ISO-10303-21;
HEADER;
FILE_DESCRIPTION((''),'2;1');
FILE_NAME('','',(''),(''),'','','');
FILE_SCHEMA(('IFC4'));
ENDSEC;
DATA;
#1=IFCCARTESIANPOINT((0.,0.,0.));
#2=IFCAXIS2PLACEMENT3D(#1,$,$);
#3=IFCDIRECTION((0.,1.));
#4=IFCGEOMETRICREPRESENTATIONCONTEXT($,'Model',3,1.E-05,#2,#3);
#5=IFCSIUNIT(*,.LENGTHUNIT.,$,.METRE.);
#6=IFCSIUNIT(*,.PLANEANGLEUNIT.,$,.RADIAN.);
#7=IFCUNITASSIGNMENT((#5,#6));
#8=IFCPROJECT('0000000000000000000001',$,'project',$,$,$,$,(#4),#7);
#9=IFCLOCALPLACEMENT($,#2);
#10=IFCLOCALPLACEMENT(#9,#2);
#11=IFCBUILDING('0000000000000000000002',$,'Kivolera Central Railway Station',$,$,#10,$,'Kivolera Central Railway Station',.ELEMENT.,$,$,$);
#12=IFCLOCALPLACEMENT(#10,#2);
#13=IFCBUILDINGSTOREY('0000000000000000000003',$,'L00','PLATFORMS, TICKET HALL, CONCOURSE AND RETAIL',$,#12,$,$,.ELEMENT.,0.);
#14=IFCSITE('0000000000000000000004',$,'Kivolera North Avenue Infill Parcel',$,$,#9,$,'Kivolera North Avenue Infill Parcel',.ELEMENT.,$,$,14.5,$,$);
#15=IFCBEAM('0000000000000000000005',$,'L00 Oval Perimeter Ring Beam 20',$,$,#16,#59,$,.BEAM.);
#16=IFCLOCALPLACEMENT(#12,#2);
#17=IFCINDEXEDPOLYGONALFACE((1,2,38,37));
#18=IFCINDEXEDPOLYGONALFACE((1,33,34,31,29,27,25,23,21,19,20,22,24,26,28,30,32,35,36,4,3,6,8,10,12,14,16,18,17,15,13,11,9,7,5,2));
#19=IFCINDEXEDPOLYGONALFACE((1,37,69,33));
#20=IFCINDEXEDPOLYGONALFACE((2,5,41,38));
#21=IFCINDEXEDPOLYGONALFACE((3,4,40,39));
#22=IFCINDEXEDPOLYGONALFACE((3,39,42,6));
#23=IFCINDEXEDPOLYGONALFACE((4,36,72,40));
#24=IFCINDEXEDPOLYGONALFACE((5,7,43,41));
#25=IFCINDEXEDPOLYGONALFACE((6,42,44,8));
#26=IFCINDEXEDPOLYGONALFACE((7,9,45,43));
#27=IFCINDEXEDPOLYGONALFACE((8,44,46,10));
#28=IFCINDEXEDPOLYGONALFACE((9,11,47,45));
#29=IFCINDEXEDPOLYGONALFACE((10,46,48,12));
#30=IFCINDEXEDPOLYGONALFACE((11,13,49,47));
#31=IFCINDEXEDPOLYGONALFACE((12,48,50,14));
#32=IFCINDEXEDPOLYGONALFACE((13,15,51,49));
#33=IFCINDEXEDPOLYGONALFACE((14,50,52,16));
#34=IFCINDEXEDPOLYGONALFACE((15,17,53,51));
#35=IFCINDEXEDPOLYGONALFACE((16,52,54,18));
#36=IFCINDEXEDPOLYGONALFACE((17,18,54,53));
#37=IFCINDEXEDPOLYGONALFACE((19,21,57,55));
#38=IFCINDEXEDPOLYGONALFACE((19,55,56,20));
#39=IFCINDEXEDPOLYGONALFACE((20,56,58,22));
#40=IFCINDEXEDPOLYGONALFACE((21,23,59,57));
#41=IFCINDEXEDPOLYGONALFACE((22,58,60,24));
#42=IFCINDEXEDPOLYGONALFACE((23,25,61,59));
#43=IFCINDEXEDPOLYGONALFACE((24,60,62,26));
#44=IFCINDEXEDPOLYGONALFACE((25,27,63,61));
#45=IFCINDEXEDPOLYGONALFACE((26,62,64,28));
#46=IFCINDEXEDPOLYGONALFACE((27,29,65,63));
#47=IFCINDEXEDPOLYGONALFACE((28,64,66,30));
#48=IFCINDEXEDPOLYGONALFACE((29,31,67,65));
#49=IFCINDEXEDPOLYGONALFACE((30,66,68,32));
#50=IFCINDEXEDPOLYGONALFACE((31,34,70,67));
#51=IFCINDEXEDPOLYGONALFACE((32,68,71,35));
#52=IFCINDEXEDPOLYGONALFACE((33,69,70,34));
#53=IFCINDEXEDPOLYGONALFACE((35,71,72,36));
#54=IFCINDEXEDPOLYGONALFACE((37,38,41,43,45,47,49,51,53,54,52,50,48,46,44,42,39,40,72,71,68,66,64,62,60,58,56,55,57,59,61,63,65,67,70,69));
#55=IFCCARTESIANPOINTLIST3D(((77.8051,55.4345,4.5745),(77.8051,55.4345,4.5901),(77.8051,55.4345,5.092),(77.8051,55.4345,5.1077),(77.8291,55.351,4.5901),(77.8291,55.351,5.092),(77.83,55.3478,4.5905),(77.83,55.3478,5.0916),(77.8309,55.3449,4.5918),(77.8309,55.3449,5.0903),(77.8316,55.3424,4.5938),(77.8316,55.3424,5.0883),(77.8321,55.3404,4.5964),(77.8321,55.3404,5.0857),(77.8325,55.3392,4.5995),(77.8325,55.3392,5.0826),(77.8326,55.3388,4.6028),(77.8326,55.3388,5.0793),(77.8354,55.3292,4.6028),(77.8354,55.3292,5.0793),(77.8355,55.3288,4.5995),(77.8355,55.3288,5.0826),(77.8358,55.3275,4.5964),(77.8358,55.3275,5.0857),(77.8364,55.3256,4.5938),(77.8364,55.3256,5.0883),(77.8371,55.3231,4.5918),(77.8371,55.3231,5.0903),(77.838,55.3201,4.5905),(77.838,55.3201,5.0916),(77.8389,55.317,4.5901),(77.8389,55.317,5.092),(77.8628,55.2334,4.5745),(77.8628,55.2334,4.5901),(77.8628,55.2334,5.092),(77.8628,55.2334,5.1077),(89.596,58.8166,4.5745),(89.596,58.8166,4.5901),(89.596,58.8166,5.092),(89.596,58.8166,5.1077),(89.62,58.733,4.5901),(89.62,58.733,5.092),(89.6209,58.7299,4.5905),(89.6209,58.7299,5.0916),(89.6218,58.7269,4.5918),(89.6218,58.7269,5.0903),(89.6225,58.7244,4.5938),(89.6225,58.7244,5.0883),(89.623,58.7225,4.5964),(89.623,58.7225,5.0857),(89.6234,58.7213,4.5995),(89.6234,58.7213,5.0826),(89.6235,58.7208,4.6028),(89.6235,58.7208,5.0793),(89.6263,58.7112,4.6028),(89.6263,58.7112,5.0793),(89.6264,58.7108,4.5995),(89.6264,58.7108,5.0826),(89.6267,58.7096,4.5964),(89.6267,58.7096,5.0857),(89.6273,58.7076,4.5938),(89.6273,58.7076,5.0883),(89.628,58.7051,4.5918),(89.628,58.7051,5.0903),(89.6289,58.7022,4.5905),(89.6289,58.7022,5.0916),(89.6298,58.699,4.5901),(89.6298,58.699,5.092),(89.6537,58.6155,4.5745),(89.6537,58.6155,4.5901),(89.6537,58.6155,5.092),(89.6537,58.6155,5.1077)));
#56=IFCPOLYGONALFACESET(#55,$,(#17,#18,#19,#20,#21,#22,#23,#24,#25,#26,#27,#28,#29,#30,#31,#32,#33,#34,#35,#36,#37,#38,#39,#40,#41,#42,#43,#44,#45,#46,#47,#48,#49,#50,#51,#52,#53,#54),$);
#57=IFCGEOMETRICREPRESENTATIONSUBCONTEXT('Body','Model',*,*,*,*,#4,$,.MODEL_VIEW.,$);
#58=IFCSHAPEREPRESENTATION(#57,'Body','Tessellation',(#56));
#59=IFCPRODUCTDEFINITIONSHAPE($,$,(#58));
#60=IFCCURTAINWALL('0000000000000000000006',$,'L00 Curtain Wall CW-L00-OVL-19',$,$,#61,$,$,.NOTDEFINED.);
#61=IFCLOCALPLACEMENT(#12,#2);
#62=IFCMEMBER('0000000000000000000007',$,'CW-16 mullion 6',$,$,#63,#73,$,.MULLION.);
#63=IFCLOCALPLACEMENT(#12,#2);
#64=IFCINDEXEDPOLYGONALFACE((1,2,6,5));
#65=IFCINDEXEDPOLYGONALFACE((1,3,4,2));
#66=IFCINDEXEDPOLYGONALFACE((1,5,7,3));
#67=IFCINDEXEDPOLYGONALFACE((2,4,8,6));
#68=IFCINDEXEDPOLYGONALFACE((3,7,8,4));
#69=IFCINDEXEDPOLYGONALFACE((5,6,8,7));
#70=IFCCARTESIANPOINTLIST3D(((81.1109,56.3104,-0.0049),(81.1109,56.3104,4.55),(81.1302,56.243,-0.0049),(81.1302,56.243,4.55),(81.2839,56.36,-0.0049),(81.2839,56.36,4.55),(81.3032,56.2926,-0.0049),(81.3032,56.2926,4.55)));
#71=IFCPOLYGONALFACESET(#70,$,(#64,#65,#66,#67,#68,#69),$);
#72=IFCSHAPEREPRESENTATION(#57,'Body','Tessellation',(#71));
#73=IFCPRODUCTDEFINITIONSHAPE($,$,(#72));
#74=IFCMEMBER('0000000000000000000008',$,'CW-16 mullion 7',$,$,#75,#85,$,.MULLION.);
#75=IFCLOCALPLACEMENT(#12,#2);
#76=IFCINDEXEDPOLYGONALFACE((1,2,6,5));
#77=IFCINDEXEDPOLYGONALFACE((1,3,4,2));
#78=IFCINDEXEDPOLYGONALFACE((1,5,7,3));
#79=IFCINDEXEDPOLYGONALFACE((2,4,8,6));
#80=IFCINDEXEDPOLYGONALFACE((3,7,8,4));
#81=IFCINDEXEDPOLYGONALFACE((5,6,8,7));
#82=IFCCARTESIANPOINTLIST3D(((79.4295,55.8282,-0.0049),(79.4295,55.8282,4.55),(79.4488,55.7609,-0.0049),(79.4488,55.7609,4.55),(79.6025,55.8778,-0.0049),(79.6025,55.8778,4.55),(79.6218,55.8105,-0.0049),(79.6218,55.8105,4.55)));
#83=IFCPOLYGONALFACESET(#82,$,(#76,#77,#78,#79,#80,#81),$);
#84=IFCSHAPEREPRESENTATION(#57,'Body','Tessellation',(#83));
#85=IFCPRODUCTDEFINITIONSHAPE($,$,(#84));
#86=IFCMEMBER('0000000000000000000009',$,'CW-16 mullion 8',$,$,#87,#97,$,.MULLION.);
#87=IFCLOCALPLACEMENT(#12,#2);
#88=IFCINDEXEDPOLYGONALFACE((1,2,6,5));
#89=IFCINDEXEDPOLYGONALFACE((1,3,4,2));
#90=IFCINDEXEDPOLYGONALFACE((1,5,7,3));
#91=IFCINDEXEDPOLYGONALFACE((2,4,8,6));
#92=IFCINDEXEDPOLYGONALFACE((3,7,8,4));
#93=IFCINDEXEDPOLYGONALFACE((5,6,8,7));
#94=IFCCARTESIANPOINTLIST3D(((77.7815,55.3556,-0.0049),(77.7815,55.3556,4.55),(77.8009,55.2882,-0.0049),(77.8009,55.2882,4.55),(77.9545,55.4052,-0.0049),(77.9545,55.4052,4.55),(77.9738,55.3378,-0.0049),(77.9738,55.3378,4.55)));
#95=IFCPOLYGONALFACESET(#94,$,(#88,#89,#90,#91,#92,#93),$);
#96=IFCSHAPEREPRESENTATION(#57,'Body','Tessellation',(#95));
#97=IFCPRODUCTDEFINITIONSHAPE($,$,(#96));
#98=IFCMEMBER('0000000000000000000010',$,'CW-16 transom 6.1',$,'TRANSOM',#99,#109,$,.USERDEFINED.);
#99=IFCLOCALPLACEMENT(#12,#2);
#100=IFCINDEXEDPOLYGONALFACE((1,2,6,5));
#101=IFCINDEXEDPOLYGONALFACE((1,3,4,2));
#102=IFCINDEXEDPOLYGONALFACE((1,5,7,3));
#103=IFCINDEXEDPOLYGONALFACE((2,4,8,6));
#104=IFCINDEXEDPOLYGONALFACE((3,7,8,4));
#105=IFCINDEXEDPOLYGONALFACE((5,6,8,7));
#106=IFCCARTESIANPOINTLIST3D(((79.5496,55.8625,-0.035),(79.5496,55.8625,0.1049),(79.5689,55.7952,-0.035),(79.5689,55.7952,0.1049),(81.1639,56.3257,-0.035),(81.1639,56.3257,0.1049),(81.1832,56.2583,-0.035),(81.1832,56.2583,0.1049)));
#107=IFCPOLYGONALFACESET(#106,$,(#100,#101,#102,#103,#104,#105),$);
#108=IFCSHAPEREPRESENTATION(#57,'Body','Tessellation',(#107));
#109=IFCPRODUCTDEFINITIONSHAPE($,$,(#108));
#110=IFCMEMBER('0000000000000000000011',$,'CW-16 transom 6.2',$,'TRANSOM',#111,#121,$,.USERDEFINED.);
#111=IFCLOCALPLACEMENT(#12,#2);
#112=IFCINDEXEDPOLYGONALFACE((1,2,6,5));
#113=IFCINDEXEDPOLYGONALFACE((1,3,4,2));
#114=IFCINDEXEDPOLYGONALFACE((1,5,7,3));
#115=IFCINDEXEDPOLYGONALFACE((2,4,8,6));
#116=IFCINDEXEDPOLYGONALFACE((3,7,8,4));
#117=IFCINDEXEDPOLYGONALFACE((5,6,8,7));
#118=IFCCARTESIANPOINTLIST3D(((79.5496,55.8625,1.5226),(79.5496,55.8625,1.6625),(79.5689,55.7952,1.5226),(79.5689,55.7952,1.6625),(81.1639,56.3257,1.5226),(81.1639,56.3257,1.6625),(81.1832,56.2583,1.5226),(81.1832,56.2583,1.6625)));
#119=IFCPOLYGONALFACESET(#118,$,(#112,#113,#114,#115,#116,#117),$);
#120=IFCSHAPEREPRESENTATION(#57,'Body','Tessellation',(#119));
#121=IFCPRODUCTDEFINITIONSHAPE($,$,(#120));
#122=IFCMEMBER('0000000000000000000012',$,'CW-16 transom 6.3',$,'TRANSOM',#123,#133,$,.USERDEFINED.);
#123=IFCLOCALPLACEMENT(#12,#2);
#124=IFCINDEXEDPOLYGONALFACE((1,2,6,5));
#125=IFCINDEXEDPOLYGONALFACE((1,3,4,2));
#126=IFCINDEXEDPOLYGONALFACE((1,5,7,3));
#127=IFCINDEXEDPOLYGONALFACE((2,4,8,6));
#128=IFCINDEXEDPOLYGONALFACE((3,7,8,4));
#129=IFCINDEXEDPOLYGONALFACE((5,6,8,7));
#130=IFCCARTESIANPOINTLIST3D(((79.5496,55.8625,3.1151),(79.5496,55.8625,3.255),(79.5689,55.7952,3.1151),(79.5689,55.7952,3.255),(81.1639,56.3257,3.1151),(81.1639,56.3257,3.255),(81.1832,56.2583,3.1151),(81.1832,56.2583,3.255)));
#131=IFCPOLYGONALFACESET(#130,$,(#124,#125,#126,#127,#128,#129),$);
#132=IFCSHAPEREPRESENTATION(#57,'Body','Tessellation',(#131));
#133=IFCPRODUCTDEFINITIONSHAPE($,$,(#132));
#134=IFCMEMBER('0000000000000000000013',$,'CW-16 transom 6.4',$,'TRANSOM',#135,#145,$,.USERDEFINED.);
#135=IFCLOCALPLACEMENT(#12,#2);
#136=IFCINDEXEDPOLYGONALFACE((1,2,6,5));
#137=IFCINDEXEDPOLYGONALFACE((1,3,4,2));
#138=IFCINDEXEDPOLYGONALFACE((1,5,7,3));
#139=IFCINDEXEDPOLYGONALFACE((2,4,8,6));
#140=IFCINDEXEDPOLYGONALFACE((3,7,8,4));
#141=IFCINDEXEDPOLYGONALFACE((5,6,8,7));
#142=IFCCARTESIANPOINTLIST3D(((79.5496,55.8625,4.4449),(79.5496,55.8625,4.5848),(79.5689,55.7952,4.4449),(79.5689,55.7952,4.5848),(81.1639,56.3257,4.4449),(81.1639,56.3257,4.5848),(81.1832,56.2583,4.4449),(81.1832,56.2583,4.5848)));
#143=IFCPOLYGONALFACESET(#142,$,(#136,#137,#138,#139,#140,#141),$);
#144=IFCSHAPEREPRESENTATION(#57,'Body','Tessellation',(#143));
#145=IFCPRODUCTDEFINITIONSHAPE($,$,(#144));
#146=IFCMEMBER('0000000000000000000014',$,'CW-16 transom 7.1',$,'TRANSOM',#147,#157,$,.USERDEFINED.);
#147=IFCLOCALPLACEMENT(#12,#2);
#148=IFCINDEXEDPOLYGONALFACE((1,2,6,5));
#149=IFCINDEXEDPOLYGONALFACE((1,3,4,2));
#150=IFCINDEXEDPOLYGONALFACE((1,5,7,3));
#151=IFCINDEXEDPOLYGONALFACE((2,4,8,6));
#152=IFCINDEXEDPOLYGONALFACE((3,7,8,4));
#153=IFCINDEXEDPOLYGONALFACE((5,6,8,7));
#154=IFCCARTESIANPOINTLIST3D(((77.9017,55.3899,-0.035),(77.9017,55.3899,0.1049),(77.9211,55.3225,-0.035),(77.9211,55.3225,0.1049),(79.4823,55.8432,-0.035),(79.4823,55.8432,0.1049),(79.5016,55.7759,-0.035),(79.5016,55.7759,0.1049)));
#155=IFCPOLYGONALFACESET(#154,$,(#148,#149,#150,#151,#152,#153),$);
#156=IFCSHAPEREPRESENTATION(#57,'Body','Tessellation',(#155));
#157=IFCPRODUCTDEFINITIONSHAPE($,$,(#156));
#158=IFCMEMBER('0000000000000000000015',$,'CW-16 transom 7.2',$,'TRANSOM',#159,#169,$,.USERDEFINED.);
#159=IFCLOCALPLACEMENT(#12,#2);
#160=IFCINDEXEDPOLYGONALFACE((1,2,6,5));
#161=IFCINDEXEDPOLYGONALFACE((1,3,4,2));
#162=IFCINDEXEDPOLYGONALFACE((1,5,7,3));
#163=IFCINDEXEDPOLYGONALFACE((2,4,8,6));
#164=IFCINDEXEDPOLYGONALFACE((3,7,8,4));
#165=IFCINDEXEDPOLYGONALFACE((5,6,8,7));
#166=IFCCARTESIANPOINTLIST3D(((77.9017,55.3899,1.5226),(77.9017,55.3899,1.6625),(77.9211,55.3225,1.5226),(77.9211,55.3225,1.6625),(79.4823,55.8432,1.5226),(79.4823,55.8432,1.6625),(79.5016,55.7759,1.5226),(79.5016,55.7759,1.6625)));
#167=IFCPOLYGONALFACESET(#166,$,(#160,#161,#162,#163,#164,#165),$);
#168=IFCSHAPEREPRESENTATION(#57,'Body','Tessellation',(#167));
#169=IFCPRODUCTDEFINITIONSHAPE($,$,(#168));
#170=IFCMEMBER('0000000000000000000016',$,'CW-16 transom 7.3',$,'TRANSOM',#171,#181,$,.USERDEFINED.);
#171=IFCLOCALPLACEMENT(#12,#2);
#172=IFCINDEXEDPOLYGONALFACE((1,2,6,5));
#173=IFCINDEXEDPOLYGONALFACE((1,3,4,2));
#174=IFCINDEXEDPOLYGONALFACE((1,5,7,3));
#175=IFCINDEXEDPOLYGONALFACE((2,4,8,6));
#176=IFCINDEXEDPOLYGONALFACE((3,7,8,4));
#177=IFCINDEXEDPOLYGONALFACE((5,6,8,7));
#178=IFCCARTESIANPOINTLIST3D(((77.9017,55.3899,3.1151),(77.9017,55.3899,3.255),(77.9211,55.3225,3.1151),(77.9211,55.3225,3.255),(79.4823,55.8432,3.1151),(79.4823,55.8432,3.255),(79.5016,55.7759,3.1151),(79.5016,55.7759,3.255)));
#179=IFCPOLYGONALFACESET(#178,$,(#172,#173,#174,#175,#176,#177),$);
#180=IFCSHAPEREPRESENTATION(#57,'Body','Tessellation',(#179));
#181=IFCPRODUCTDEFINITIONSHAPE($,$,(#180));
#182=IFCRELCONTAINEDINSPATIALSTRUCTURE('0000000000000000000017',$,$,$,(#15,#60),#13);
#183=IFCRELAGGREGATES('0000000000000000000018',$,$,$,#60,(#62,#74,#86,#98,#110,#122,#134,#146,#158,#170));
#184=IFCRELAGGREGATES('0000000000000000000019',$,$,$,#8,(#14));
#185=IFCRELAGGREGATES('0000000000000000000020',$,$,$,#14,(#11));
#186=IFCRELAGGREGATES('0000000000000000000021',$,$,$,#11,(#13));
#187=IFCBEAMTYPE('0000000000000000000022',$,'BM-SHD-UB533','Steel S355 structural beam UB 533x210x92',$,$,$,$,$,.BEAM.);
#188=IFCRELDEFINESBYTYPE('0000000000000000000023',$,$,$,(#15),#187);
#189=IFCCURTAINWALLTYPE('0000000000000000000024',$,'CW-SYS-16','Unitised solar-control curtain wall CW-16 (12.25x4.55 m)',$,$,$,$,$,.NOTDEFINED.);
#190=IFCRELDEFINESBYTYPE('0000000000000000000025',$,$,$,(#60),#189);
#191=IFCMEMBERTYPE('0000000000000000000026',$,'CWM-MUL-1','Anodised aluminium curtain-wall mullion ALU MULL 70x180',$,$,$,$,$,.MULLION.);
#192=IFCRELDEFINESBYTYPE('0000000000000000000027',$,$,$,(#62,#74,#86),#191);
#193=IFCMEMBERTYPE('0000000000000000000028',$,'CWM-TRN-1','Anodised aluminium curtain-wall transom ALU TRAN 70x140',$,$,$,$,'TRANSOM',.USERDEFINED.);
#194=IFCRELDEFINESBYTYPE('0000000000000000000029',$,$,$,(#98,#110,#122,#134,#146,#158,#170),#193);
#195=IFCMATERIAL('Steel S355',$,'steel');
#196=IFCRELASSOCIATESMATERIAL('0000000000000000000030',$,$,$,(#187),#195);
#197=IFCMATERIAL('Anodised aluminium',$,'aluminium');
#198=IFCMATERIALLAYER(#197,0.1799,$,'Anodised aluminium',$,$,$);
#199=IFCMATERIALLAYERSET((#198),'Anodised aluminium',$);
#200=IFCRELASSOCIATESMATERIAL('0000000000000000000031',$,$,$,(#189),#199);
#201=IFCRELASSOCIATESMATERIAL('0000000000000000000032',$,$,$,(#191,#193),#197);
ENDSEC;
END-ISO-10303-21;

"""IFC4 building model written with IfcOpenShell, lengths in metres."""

from ifc_helpers import new_model, si_unit, direction, frame, origin, origin_2d, place, context, subcontext, project, spatial, rectangle, i_section, extrude, material, layer, layer_set, material_profile, profile_set, type_object, element, aggregate, save


model = new_model("IFC4")

# Units and contexts
model_context = context("Model", 3, precision=1e-05, world=origin(), true_north=direction((0.0, 1.0)))
body_context = subcontext(model_context, "Body", "Model", "MODEL_VIEW")
ifc_project = project(units=[si_unit("LENGTHUNIT", "METRE"), si_unit("PLANEANGLEUNIT", "RADIAN")], contexts=[model_context])

# Site, building, storey
site_placement = place(None, origin())
site = spatial("IfcSite", under=ifc_project, at=site_placement, Name="Kivolera North Avenue Infill Parcel", LongName="Kivolera North Avenue Infill Parcel", CompositionType="ELEMENT", RefElevation=14.5)
building_placement = place(site_placement, origin())
building = spatial("IfcBuilding", under=site, at=building_placement, Name="Kivolera Central Railway Station", LongName="Kivolera Central Railway Station", CompositionType="ELEMENT")
storey_placement = place(building_placement, origin())
storey = spatial("IfcBuildingStorey", under=building, at=storey_placement, Name="L00", Description="PLATFORMS, TICKET HALL, CONCOURSE AND RETAIL", CompositionType="ELEMENT", Elevation=0.0)

# Shared definitions
ifc_material_1 = material(Name="Steel S355", Category="steel")

# Beam
ifc_material_profile_1 = material_profile(ifc_material_1, i_section(OverallWidth=0.2092, OverallDepth=0.5332, WebThickness=0.01, FlangeThickness=0.0156, FilletRadius=0.0127, at=origin_2d()), Name="UB 533x210x92")
ifc_profile_set_1 = profile_set([ifc_material_profile_1], Name="Steel S355")
beam_type = type_object("IfcBeamType", Name="BM-SHD-UB533", Description="Steel S355 structural beam UB 533x210x92", PredefinedType="BEAM", material=ifc_profile_set_1)
beam_placement = place(storey_placement, frame((77.834, 55.334, 4.8411), z_axis=(0.961239, 0.275717, 0.0), x_axis=(-0.275717, 0.961239, 0.0)))
element("IfcBeam", 1, at=beam_placement, inside=storey, type_object=beam_type, Name="L00 Oval Perimeter Ring Beam 20", PredefinedType="BEAM", context=body_context, shape_type="SweptSolid", body=[
    extrude(i_section(OverallWidth=0.2092, OverallDepth=0.5332, WebThickness=0.01, FlangeThickness=0.0156, FilletRadius=0.0127, at=origin_2d()), origin(), (0.0, 0.0, 1.0), 12.2664),
])

# Curtain wall, members
ifc_material_2 = material(Name="Anodised aluminium", Category="aluminium")
ifc_layer_1 = layer(ifc_material_2, 0.1799, Name="Anodised aluminium")
ifc_layer_set_1 = layer_set([ifc_layer_1], Name="Anodised aluminium")
curtain_wall_type = type_object("IfcCurtainWallType", Name="CW-SYS-16", Description="Unitised solar-control curtain wall CW-16 (12.25x4.55 m)", PredefinedType="NOTDEFINED", material=ifc_layer_set_1)
curtain_wall_placement = place(storey_placement, origin())
curtain_wall = element("IfcCurtainWall", 2, at=curtain_wall_placement, inside=storey, type_object=curtain_wall_type, Name="L00 Curtain Wall CW-L00-OVL-19", PredefinedType="NOTDEFINED")
ifc_material_profile_2 = material_profile(ifc_material_2, rectangle(XDim=0.0701, YDim=0.1799, at=origin_2d()), Name="ALU MULL 70x180")
ifc_profile_set_2 = profile_set([ifc_material_profile_2], Name="Anodised aluminium")
member_type_1 = type_object("IfcMemberType", Name="CWM-MUL-1", Description="Anodised aluminium curtain-wall mullion ALU MULL 70x180", PredefinedType="MULLION", material=ifc_profile_set_2)
member_1_placement = place(storey_placement, frame((81.207, 56.3015, -0.0049), z_axis=(0.0, 0.0, 1.0), x_axis=(0.275692, -0.961246, 0.0)))
member_1 = element("IfcMember", 3, at=member_1_placement, type_object=member_type_1, Name="CW-16 mullion 6", PredefinedType="MULLION", context=body_context, shape_type="SweptSolid", body=[
    extrude(rectangle(XDim=0.0701, YDim=0.1799, at=origin_2d()), origin(), (0.0, 0.0, 1.0), 4.5549),
])
member_2_placement = place(storey_placement, frame((79.5256, 55.8193, -0.0049), z_axis=(0.0, 0.0, 1.0), x_axis=(0.275692, -0.961246, 0.0)))
member_2 = element("IfcMember", 4, at=member_2_placement, type_object=member_type_1, Name="CW-16 mullion 7", PredefinedType="MULLION", context=body_context, shape_type="SweptSolid", body=[
    extrude(rectangle(XDim=0.0701, YDim=0.1799, at=origin_2d()), origin(), (0.0, 0.0, 1.0), 4.5549),
])
member_3_placement = place(storey_placement, frame((77.8777, 55.3467, -0.0049), z_axis=(0.0, 0.0, 1.0), x_axis=(0.275692, -0.961246, 0.0)))
member_3 = element("IfcMember", 5, at=member_3_placement, type_object=member_type_1, Name="CW-16 mullion 8", PredefinedType="MULLION", context=body_context, shape_type="SweptSolid", body=[
    extrude(rectangle(XDim=0.0701, YDim=0.1799, at=origin_2d()), origin(), (0.0, 0.0, 1.0), 4.5549),
])
ifc_material_profile_3 = material_profile(ifc_material_2, rectangle(XDim=0.0701, YDim=0.1399, at=origin_2d()), Name="ALU TRAN 70x140")
ifc_profile_set_3 = profile_set([ifc_material_profile_3], Name="Anodised aluminium")
member_type_2 = type_object("IfcMemberType", Name="CWM-TRN-1", Description="Anodised aluminium curtain-wall transom ALU TRAN 70x140", ElementType="TRANSOM", PredefinedType="USERDEFINED", material=ifc_profile_set_3)
member_4_placement = place(storey_placement, frame((81.1736, 56.292, 0.0349), z_axis=(-0.961222, -0.275777, 0.0), x_axis=(0.275777, -0.961222, 0.0)))
member_4 = element("IfcMember", 6, at=member_4_placement, type_object=member_type_2, Name="CW-16 transom 6.1", ObjectType="TRANSOM", PredefinedType="USERDEFINED", context=body_context, shape_type="SweptSolid", body=[
    extrude(rectangle(XDim=0.0701, YDim=0.1399, at=origin_2d()), origin(), (0.0, 0.0, 1.0), 1.6794),
])
member_5_placement = place(storey_placement, frame((81.1736, 56.292, 1.5925), z_axis=(-0.961222, -0.275777, 0.0), x_axis=(0.275777, -0.961222, 0.0)))
member_5 = element("IfcMember", 7, at=member_5_placement, type_object=member_type_2, Name="CW-16 transom 6.2", ObjectType="TRANSOM", PredefinedType="USERDEFINED", context=body_context, shape_type="SweptSolid", body=[
    extrude(rectangle(XDim=0.0701, YDim=0.1399, at=origin_2d()), origin(), (0.0, 0.0, 1.0), 1.6794),
])
member_6_placement = place(storey_placement, frame((81.1736, 56.292, 3.1851), z_axis=(-0.961222, -0.275777, 0.0), x_axis=(0.275777, -0.961222, 0.0)))
member_6 = element("IfcMember", 8, at=member_6_placement, type_object=member_type_2, Name="CW-16 transom 6.3", ObjectType="TRANSOM", PredefinedType="USERDEFINED", context=body_context, shape_type="SweptSolid", body=[
    extrude(rectangle(XDim=0.0701, YDim=0.1399, at=origin_2d()), origin(), (0.0, 0.0, 1.0), 1.6794),
])
member_7_placement = place(storey_placement, frame((81.1736, 56.292, 4.5149), z_axis=(-0.961222, -0.275777, 0.0), x_axis=(0.275777, -0.961222, 0.0)))
member_7 = element("IfcMember", 9, at=member_7_placement, type_object=member_type_2, Name="CW-16 transom 6.4", ObjectType="TRANSOM", PredefinedType="USERDEFINED", context=body_context, shape_type="SweptSolid", body=[
    extrude(rectangle(XDim=0.0701, YDim=0.1399, at=origin_2d()), origin(), (0.0, 0.0, 1.0), 1.6794),
])
member_8_placement = place(storey_placement, frame((79.4919, 55.8096, 0.0349), z_axis=(-0.961238, -0.275721, 0.0), x_axis=(0.275721, -0.961238, 0.0)))
member_8 = element("IfcMember", 10, at=member_8_placement, type_object=member_type_2, Name="CW-16 transom 7.1", ObjectType="TRANSOM", PredefinedType="USERDEFINED", context=body_context, shape_type="SweptSolid", body=[
    extrude(rectangle(XDim=0.0701, YDim=0.1399, at=origin_2d()), origin(), (0.0, 0.0, 1.0), 1.6443),
])
member_9_placement = place(storey_placement, frame((79.4919, 55.8096, 1.5925), z_axis=(-0.961238, -0.275721, 0.0), x_axis=(0.275721, -0.961238, 0.0)))
member_9 = element("IfcMember", 11, at=member_9_placement, type_object=member_type_2, Name="CW-16 transom 7.2", ObjectType="TRANSOM", PredefinedType="USERDEFINED", context=body_context, shape_type="SweptSolid", body=[
    extrude(rectangle(XDim=0.0701, YDim=0.1399, at=origin_2d()), origin(), (0.0, 0.0, 1.0), 1.6443),
])
member_10_placement = place(storey_placement, frame((79.4919, 55.8096, 3.1851), z_axis=(-0.961238, -0.275721, 0.0), x_axis=(0.275721, -0.961238, 0.0)))
member_10 = element("IfcMember", 12, at=member_10_placement, type_object=member_type_2, Name="CW-16 transom 7.3", ObjectType="TRANSOM", PredefinedType="USERDEFINED", context=body_context, shape_type="SweptSolid", body=[
    extrude(rectangle(XDim=0.0701, YDim=0.1399, at=origin_2d()), origin(), (0.0, 0.0, 1.0), 1.6443),
])
aggregate(curtain_wall, [member_1, member_2, member_3, member_4, member_5, member_6, member_7, member_8, member_9, member_10])

save(model, "model.ifc")
